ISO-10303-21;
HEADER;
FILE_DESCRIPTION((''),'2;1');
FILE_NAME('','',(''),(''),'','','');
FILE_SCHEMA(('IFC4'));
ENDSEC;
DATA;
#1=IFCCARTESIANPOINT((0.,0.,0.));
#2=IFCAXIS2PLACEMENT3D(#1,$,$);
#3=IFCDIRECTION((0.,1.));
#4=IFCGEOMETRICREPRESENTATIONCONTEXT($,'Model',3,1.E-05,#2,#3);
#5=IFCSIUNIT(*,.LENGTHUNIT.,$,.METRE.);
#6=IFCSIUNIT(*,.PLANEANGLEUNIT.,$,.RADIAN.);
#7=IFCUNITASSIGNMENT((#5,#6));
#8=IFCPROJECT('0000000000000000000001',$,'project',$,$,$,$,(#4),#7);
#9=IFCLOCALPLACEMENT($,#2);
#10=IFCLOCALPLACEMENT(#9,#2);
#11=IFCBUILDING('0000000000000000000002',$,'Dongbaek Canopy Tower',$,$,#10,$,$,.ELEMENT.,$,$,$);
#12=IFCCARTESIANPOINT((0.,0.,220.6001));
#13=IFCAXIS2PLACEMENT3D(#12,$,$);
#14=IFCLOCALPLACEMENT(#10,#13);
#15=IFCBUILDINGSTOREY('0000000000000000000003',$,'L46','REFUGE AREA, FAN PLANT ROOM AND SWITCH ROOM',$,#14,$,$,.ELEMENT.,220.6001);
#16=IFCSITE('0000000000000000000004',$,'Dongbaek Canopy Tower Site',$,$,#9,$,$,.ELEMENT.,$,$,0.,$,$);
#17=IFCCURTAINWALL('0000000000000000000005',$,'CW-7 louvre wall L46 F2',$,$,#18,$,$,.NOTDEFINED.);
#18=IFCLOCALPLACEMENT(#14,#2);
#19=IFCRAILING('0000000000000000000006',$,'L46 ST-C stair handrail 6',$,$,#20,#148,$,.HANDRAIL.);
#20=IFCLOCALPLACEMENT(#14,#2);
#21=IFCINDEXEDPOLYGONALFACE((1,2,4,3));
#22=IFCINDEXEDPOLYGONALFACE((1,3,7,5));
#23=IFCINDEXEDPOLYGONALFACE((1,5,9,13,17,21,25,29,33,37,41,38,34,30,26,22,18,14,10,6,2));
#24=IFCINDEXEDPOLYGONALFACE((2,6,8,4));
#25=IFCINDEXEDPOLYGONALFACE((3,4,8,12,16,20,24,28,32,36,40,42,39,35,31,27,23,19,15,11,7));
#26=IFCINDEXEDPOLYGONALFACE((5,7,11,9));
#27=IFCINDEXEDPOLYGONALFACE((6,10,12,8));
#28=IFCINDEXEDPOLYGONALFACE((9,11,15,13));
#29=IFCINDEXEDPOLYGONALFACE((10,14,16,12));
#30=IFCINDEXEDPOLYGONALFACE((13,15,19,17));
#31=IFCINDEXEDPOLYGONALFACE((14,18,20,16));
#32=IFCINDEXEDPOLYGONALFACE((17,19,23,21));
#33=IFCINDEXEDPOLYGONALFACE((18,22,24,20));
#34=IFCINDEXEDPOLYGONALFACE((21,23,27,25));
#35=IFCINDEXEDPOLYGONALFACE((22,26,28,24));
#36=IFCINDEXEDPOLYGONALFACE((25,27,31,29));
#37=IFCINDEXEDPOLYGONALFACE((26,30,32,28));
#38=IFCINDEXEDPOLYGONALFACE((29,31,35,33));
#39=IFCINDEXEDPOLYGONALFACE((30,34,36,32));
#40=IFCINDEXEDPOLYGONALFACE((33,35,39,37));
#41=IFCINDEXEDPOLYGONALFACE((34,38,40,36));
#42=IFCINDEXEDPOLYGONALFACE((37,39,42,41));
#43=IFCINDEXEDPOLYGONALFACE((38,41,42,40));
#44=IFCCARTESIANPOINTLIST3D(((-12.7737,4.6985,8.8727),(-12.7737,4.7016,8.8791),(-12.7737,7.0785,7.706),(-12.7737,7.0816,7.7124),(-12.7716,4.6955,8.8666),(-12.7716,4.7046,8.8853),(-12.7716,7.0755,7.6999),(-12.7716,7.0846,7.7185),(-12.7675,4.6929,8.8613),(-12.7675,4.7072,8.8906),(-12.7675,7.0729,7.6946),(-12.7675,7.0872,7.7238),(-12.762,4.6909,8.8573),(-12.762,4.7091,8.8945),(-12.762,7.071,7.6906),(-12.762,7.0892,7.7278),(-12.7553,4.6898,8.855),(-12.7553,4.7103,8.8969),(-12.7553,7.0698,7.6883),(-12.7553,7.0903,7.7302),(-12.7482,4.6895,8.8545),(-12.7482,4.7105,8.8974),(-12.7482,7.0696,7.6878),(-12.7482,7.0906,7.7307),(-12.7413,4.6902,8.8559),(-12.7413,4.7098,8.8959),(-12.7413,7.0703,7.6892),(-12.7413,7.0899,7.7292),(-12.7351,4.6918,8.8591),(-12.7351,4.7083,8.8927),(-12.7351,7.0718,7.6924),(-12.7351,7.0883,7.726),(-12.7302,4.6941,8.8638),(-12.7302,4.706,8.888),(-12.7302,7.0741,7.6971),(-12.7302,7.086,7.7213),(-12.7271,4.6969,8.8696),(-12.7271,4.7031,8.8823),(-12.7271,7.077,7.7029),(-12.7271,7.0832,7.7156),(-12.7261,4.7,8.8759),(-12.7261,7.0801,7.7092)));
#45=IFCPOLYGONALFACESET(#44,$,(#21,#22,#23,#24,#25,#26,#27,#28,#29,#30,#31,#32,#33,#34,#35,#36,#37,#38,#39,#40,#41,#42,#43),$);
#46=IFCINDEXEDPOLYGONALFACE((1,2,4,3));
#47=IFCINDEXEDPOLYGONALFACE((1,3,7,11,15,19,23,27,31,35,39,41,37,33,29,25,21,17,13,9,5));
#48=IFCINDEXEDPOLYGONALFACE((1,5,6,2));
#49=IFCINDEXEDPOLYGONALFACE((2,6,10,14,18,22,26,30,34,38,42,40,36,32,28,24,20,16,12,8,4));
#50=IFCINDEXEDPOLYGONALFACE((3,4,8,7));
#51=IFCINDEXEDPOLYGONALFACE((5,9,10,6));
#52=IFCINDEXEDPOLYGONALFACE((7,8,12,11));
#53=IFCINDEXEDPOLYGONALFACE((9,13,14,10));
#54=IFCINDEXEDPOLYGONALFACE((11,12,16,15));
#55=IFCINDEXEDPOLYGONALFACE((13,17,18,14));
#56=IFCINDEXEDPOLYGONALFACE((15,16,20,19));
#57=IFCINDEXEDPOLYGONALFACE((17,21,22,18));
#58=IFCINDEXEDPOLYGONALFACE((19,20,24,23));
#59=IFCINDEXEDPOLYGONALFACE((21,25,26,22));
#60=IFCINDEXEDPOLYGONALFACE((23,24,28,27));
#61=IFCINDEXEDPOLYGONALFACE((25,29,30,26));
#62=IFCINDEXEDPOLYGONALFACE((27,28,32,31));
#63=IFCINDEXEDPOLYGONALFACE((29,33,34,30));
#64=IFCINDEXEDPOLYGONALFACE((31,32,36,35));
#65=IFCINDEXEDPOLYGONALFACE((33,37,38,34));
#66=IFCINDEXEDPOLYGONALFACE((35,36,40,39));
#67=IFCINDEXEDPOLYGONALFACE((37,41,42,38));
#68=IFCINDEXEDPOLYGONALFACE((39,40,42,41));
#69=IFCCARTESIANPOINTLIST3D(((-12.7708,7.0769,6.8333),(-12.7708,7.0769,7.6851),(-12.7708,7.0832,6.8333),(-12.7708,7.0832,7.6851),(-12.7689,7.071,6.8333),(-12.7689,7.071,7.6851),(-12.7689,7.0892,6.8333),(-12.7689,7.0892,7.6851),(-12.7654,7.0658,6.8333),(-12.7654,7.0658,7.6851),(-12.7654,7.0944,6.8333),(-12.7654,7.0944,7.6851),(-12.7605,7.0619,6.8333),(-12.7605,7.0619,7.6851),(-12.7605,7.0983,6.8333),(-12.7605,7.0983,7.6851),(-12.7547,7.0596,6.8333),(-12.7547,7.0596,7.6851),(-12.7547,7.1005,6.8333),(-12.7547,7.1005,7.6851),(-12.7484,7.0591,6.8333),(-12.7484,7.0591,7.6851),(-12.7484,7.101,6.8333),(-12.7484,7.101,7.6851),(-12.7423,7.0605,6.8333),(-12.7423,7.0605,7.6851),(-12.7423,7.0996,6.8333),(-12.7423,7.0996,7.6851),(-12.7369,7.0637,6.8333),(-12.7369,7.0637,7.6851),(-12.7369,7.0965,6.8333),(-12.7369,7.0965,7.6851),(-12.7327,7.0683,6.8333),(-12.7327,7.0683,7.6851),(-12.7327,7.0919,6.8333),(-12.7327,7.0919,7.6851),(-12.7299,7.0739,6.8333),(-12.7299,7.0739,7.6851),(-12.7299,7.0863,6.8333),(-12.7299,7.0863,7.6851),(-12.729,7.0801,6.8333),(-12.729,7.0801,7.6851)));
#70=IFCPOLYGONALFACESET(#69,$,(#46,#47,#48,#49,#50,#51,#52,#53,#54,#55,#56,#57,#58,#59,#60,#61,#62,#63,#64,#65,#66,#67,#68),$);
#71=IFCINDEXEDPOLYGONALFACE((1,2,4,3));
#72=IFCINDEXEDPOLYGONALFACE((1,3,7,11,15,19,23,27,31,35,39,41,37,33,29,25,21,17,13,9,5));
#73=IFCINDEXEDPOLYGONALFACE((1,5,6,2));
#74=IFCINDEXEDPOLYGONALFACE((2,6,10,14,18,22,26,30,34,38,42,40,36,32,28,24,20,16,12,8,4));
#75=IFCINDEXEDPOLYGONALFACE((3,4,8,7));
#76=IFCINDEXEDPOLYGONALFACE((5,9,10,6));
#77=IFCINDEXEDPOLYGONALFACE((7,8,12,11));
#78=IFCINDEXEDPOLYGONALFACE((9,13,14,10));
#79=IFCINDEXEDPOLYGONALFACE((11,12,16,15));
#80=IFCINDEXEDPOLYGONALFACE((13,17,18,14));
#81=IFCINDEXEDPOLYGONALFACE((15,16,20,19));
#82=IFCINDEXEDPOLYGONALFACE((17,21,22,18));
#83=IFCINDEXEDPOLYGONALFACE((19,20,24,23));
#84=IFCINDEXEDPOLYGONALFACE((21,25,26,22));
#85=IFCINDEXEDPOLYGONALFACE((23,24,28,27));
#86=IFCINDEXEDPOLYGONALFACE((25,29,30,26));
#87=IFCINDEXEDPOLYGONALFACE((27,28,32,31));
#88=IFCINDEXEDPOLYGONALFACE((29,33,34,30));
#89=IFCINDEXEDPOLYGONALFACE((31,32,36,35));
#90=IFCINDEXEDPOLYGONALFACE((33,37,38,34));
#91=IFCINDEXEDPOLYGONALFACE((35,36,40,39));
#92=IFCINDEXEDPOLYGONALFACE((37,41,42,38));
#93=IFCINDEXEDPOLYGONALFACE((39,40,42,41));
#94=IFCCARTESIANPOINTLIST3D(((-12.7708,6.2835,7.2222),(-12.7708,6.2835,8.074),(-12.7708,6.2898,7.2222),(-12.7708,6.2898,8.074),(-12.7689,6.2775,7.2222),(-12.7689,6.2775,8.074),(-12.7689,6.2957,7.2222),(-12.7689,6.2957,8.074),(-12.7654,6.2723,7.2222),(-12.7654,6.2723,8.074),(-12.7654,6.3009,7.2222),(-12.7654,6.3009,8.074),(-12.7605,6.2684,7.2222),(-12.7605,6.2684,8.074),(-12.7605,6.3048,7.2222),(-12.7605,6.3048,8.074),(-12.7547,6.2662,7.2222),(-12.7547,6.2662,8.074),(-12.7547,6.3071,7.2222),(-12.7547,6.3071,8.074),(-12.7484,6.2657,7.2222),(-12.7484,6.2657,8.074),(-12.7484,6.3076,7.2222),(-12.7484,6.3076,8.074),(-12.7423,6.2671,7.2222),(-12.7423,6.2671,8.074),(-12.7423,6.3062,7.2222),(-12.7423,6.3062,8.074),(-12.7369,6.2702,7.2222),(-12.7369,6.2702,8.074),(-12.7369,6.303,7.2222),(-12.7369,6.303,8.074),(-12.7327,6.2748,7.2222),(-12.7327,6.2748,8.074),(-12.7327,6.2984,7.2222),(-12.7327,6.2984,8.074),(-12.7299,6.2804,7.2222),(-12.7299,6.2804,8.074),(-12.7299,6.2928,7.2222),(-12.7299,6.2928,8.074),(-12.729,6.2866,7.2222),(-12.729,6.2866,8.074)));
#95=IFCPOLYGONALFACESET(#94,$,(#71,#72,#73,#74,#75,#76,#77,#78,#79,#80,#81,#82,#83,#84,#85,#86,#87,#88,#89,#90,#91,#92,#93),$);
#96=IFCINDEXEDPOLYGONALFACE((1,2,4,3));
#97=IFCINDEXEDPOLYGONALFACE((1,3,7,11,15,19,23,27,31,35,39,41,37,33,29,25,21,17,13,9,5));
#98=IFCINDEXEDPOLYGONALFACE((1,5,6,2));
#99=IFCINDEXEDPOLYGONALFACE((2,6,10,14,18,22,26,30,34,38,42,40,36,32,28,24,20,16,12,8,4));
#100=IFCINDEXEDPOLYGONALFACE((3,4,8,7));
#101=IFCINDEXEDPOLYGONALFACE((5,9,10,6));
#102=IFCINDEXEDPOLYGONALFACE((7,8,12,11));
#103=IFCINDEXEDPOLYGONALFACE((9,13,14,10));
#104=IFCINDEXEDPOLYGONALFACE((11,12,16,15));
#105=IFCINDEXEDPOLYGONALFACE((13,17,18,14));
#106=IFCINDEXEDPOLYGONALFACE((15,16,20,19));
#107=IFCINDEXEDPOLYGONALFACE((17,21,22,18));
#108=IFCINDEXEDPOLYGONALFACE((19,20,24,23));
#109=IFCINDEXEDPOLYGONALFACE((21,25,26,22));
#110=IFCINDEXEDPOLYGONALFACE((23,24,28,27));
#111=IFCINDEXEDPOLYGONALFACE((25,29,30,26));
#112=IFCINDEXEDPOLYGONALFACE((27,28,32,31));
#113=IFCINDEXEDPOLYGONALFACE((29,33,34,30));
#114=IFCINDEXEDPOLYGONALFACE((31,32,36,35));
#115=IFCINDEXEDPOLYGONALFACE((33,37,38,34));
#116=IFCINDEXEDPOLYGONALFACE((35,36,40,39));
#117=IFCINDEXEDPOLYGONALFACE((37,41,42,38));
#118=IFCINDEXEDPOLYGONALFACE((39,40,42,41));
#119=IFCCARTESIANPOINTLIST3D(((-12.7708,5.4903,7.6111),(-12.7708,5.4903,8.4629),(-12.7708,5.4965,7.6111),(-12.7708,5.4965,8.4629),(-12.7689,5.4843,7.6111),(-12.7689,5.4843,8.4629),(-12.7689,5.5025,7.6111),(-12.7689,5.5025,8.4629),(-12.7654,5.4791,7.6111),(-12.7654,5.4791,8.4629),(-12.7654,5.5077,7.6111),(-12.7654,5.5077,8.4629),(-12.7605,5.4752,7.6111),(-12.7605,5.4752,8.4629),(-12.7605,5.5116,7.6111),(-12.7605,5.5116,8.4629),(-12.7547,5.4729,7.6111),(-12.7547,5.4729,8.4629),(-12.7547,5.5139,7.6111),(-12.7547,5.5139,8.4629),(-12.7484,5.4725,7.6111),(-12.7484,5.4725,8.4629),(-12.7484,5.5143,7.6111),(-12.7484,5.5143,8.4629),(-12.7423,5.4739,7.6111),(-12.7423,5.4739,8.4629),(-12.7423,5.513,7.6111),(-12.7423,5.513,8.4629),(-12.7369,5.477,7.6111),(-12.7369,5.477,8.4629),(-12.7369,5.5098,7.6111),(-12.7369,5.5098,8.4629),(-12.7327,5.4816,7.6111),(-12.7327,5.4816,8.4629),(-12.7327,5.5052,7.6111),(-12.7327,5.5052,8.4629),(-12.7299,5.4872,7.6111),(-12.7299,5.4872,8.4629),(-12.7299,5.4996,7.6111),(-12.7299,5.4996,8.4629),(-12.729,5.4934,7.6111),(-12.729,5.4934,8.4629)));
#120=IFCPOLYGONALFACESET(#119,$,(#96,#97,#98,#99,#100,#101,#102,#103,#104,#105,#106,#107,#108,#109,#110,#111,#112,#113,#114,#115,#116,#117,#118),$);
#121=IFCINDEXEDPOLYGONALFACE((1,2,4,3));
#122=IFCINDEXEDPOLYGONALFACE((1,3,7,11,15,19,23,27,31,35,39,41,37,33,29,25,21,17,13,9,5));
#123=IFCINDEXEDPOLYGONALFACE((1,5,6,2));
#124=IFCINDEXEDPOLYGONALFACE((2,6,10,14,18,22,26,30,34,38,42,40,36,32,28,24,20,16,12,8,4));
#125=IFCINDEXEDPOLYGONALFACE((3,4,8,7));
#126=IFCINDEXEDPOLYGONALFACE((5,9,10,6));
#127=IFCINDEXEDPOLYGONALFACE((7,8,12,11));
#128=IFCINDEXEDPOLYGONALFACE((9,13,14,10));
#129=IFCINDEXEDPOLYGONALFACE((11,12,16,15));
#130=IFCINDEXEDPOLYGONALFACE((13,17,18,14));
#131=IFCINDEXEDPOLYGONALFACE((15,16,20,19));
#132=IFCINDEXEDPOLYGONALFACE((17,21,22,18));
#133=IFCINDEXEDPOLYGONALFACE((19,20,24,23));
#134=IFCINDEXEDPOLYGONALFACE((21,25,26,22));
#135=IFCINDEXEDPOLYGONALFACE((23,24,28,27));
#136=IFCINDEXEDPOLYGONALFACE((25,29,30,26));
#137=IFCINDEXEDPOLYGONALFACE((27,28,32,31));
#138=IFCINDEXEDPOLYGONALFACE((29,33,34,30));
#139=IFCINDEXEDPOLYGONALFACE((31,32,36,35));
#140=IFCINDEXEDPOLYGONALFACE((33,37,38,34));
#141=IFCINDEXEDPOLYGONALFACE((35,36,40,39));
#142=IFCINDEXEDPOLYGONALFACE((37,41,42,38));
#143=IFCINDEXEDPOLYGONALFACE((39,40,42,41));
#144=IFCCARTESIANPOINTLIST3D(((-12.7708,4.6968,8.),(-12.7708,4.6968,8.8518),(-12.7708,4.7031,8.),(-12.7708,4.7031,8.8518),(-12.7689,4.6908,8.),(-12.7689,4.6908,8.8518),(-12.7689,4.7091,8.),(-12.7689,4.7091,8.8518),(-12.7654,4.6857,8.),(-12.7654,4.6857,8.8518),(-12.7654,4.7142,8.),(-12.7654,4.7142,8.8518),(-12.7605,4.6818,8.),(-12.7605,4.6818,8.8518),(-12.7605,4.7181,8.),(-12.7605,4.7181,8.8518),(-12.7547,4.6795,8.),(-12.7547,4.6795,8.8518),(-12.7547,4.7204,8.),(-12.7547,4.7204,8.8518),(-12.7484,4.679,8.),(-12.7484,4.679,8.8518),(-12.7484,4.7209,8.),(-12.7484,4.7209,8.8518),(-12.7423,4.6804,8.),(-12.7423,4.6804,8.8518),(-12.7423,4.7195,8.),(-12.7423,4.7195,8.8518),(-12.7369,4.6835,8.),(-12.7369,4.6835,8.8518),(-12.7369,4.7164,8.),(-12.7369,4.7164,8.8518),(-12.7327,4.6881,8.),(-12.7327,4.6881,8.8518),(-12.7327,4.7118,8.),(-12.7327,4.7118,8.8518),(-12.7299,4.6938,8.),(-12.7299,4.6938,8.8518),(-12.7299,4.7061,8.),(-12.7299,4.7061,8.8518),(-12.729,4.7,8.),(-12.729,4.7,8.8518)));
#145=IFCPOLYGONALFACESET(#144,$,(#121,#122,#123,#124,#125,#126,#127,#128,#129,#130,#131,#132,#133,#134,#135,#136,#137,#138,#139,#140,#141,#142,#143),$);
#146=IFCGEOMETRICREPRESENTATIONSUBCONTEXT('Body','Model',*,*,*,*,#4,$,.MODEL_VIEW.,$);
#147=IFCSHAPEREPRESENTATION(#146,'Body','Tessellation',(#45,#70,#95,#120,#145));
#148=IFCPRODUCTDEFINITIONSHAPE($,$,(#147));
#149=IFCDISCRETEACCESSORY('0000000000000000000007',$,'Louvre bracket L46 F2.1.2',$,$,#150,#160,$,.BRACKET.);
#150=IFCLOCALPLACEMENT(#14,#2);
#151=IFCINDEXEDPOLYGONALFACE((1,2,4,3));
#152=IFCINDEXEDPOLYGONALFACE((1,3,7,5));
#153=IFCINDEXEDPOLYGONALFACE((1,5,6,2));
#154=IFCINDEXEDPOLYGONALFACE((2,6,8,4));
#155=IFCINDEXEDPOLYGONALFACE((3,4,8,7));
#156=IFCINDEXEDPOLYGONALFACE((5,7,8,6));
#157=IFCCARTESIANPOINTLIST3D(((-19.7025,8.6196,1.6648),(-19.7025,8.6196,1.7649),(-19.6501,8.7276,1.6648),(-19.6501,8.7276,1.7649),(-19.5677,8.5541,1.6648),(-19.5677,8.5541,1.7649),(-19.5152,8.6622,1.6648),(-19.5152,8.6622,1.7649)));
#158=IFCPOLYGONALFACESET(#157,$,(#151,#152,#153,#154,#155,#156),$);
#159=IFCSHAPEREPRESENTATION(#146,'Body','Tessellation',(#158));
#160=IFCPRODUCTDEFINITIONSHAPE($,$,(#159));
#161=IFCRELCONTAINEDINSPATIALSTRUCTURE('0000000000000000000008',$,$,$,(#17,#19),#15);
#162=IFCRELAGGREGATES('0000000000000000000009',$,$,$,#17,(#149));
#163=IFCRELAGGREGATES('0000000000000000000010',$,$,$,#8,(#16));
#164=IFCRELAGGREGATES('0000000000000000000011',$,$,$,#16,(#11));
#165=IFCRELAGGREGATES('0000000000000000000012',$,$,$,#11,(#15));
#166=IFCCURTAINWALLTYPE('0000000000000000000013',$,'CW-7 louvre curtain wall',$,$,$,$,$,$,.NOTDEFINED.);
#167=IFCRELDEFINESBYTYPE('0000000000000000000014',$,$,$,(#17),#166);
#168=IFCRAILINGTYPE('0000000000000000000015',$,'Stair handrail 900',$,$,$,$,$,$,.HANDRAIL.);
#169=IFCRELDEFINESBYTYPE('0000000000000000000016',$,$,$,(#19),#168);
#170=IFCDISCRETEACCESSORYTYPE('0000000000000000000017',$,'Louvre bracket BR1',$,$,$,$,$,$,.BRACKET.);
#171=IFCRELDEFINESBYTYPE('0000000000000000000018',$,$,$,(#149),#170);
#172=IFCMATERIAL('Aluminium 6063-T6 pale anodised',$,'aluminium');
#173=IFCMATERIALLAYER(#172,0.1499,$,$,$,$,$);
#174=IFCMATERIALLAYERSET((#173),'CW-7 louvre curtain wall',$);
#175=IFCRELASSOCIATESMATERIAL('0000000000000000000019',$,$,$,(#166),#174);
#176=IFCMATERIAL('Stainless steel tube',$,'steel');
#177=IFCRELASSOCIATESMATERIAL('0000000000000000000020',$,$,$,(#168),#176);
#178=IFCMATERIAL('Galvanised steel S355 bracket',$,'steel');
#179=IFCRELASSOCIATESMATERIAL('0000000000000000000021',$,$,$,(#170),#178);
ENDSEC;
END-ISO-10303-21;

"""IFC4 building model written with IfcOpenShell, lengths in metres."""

from ifc_helpers import new_model, si_unit, direction, frame, origin, origin_2d, place, context, subcontext, project, spatial, rectangle, circle, extrude, material, layer, layer_set, type_object, element, aggregate, save


model = new_model("IFC4")

# Units and contexts
model_context = context("Model", 3, precision=1e-05, world=origin(), true_north=direction((0.0, 1.0)))
body_context = subcontext(model_context, "Body", "Model", "MODEL_VIEW")
ifc_project = project(units=[si_unit("LENGTHUNIT", "METRE"), si_unit("PLANEANGLEUNIT", "RADIAN")], contexts=[model_context])

# Site, building, storey
site_placement = place(None, origin())
site = spatial("IfcSite", under=ifc_project, at=site_placement, Name="Dongbaek Canopy Tower Site", CompositionType="ELEMENT", RefElevation=0.0)
building_placement = place(site_placement, origin())
building = spatial("IfcBuilding", under=site, at=building_placement, Name="Dongbaek Canopy Tower", CompositionType="ELEMENT")
storey_placement = place(building_placement, frame((0.0, 0.0, 220.6001)))
storey = spatial("IfcBuildingStorey", under=building, at=storey_placement, Name="L46", Description="REFUGE AREA, FAN PLANT ROOM AND SWITCH ROOM", CompositionType="ELEMENT", Elevation=220.6001)

# Curtain wall
ifc_material_1 = material(Name="Aluminium 6063-T6 pale anodised", Category="aluminium")
ifc_layer_1 = layer(ifc_material_1, 0.1499)
ifc_layer_set_1 = layer_set([ifc_layer_1], Name="CW-7 louvre curtain wall")
curtain_wall_type = type_object("IfcCurtainWallType", Name="CW-7 louvre curtain wall", PredefinedType="NOTDEFINED", material=ifc_layer_set_1)
curtain_wall_placement = place(storey_placement, origin())
curtain_wall = element("IfcCurtainWall", 1, at=curtain_wall_placement, inside=storey, type_object=curtain_wall_type, Name="CW-7 louvre wall L46 F2", PredefinedType="NOTDEFINED")

# Railing
ifc_material_2 = material(Name="Stainless steel tube", Category="steel")
railing_type = type_object("IfcRailingType", Name="Stair handrail 900", PredefinedType="HANDRAIL", material=ifc_material_2)
for number, where, name in (
    (2, (-12.75, 7.0801, 6.8333), "L46 ST-C stair handrail 6"),
):
    element("IfcRailing", number, at=place(storey_placement, frame(where)), inside=storey, type_object=railing_type, Name=name, PredefinedType="HANDRAIL", context=body_context, shape_type="SweptSolid", body=[
        extrude(circle(Radius=0.0239, at=origin_2d()), frame((0.0, 0.0, 0.876), z_axis=(0.0, -0.897918, 0.440163), x_axis=(1.0, 0.0, 0.0)), (0.0, 0.0, 1.0), 2.6506),
        extrude(circle(Radius=0.021, at=origin_2d()), origin(), (0.0, 0.0, 1.0), 0.8518),
        extrude(circle(Radius=0.021, at=origin_2d()), frame((0.0, -0.7935, 0.3889)), (0.0, 0.0, 1.0), 0.8518),
        extrude(circle(Radius=0.021, at=origin_2d()), frame((0.0, -1.5867, 0.7778)), (0.0, 0.0, 1.0), 0.8518),
        extrude(circle(Radius=0.021, at=origin_2d()), frame((0.0, -2.3801, 1.1667)), (0.0, 0.0, 1.0), 0.8518),
    ])

# Discrete accessory
ifc_material_3 = material(Name="Galvanised steel S355 bracket", Category="steel")
discrete_accessory_type = type_object("IfcDiscreteAccessoryType", Name="Louvre bracket BR1", PredefinedType="BRACKET", material=ifc_material_3)
discrete_accessory_placement = place(storey_placement, frame((-19.6089, 8.6409, 1.6648), z_axis=(0.0, 0.0, 1.0), x_axis=(-0.436767, -0.899575, 0.0)))
discrete_accessory = element("IfcDiscreteAccessory", 3, at=discrete_accessory_placement, type_object=discrete_accessory_type, Name="Louvre bracket L46 F2.1.2", PredefinedType="BRACKET", context=body_context, shape_type="SweptSolid", body=[
    extrude(rectangle(XDim=0.1201, YDim=0.1499, at=origin_2d()), origin(), (0.0, 0.0, 1.0), 0.1001),
])
aggregate(curtain_wall, [discrete_accessory])

save(model, "model.ifc")
